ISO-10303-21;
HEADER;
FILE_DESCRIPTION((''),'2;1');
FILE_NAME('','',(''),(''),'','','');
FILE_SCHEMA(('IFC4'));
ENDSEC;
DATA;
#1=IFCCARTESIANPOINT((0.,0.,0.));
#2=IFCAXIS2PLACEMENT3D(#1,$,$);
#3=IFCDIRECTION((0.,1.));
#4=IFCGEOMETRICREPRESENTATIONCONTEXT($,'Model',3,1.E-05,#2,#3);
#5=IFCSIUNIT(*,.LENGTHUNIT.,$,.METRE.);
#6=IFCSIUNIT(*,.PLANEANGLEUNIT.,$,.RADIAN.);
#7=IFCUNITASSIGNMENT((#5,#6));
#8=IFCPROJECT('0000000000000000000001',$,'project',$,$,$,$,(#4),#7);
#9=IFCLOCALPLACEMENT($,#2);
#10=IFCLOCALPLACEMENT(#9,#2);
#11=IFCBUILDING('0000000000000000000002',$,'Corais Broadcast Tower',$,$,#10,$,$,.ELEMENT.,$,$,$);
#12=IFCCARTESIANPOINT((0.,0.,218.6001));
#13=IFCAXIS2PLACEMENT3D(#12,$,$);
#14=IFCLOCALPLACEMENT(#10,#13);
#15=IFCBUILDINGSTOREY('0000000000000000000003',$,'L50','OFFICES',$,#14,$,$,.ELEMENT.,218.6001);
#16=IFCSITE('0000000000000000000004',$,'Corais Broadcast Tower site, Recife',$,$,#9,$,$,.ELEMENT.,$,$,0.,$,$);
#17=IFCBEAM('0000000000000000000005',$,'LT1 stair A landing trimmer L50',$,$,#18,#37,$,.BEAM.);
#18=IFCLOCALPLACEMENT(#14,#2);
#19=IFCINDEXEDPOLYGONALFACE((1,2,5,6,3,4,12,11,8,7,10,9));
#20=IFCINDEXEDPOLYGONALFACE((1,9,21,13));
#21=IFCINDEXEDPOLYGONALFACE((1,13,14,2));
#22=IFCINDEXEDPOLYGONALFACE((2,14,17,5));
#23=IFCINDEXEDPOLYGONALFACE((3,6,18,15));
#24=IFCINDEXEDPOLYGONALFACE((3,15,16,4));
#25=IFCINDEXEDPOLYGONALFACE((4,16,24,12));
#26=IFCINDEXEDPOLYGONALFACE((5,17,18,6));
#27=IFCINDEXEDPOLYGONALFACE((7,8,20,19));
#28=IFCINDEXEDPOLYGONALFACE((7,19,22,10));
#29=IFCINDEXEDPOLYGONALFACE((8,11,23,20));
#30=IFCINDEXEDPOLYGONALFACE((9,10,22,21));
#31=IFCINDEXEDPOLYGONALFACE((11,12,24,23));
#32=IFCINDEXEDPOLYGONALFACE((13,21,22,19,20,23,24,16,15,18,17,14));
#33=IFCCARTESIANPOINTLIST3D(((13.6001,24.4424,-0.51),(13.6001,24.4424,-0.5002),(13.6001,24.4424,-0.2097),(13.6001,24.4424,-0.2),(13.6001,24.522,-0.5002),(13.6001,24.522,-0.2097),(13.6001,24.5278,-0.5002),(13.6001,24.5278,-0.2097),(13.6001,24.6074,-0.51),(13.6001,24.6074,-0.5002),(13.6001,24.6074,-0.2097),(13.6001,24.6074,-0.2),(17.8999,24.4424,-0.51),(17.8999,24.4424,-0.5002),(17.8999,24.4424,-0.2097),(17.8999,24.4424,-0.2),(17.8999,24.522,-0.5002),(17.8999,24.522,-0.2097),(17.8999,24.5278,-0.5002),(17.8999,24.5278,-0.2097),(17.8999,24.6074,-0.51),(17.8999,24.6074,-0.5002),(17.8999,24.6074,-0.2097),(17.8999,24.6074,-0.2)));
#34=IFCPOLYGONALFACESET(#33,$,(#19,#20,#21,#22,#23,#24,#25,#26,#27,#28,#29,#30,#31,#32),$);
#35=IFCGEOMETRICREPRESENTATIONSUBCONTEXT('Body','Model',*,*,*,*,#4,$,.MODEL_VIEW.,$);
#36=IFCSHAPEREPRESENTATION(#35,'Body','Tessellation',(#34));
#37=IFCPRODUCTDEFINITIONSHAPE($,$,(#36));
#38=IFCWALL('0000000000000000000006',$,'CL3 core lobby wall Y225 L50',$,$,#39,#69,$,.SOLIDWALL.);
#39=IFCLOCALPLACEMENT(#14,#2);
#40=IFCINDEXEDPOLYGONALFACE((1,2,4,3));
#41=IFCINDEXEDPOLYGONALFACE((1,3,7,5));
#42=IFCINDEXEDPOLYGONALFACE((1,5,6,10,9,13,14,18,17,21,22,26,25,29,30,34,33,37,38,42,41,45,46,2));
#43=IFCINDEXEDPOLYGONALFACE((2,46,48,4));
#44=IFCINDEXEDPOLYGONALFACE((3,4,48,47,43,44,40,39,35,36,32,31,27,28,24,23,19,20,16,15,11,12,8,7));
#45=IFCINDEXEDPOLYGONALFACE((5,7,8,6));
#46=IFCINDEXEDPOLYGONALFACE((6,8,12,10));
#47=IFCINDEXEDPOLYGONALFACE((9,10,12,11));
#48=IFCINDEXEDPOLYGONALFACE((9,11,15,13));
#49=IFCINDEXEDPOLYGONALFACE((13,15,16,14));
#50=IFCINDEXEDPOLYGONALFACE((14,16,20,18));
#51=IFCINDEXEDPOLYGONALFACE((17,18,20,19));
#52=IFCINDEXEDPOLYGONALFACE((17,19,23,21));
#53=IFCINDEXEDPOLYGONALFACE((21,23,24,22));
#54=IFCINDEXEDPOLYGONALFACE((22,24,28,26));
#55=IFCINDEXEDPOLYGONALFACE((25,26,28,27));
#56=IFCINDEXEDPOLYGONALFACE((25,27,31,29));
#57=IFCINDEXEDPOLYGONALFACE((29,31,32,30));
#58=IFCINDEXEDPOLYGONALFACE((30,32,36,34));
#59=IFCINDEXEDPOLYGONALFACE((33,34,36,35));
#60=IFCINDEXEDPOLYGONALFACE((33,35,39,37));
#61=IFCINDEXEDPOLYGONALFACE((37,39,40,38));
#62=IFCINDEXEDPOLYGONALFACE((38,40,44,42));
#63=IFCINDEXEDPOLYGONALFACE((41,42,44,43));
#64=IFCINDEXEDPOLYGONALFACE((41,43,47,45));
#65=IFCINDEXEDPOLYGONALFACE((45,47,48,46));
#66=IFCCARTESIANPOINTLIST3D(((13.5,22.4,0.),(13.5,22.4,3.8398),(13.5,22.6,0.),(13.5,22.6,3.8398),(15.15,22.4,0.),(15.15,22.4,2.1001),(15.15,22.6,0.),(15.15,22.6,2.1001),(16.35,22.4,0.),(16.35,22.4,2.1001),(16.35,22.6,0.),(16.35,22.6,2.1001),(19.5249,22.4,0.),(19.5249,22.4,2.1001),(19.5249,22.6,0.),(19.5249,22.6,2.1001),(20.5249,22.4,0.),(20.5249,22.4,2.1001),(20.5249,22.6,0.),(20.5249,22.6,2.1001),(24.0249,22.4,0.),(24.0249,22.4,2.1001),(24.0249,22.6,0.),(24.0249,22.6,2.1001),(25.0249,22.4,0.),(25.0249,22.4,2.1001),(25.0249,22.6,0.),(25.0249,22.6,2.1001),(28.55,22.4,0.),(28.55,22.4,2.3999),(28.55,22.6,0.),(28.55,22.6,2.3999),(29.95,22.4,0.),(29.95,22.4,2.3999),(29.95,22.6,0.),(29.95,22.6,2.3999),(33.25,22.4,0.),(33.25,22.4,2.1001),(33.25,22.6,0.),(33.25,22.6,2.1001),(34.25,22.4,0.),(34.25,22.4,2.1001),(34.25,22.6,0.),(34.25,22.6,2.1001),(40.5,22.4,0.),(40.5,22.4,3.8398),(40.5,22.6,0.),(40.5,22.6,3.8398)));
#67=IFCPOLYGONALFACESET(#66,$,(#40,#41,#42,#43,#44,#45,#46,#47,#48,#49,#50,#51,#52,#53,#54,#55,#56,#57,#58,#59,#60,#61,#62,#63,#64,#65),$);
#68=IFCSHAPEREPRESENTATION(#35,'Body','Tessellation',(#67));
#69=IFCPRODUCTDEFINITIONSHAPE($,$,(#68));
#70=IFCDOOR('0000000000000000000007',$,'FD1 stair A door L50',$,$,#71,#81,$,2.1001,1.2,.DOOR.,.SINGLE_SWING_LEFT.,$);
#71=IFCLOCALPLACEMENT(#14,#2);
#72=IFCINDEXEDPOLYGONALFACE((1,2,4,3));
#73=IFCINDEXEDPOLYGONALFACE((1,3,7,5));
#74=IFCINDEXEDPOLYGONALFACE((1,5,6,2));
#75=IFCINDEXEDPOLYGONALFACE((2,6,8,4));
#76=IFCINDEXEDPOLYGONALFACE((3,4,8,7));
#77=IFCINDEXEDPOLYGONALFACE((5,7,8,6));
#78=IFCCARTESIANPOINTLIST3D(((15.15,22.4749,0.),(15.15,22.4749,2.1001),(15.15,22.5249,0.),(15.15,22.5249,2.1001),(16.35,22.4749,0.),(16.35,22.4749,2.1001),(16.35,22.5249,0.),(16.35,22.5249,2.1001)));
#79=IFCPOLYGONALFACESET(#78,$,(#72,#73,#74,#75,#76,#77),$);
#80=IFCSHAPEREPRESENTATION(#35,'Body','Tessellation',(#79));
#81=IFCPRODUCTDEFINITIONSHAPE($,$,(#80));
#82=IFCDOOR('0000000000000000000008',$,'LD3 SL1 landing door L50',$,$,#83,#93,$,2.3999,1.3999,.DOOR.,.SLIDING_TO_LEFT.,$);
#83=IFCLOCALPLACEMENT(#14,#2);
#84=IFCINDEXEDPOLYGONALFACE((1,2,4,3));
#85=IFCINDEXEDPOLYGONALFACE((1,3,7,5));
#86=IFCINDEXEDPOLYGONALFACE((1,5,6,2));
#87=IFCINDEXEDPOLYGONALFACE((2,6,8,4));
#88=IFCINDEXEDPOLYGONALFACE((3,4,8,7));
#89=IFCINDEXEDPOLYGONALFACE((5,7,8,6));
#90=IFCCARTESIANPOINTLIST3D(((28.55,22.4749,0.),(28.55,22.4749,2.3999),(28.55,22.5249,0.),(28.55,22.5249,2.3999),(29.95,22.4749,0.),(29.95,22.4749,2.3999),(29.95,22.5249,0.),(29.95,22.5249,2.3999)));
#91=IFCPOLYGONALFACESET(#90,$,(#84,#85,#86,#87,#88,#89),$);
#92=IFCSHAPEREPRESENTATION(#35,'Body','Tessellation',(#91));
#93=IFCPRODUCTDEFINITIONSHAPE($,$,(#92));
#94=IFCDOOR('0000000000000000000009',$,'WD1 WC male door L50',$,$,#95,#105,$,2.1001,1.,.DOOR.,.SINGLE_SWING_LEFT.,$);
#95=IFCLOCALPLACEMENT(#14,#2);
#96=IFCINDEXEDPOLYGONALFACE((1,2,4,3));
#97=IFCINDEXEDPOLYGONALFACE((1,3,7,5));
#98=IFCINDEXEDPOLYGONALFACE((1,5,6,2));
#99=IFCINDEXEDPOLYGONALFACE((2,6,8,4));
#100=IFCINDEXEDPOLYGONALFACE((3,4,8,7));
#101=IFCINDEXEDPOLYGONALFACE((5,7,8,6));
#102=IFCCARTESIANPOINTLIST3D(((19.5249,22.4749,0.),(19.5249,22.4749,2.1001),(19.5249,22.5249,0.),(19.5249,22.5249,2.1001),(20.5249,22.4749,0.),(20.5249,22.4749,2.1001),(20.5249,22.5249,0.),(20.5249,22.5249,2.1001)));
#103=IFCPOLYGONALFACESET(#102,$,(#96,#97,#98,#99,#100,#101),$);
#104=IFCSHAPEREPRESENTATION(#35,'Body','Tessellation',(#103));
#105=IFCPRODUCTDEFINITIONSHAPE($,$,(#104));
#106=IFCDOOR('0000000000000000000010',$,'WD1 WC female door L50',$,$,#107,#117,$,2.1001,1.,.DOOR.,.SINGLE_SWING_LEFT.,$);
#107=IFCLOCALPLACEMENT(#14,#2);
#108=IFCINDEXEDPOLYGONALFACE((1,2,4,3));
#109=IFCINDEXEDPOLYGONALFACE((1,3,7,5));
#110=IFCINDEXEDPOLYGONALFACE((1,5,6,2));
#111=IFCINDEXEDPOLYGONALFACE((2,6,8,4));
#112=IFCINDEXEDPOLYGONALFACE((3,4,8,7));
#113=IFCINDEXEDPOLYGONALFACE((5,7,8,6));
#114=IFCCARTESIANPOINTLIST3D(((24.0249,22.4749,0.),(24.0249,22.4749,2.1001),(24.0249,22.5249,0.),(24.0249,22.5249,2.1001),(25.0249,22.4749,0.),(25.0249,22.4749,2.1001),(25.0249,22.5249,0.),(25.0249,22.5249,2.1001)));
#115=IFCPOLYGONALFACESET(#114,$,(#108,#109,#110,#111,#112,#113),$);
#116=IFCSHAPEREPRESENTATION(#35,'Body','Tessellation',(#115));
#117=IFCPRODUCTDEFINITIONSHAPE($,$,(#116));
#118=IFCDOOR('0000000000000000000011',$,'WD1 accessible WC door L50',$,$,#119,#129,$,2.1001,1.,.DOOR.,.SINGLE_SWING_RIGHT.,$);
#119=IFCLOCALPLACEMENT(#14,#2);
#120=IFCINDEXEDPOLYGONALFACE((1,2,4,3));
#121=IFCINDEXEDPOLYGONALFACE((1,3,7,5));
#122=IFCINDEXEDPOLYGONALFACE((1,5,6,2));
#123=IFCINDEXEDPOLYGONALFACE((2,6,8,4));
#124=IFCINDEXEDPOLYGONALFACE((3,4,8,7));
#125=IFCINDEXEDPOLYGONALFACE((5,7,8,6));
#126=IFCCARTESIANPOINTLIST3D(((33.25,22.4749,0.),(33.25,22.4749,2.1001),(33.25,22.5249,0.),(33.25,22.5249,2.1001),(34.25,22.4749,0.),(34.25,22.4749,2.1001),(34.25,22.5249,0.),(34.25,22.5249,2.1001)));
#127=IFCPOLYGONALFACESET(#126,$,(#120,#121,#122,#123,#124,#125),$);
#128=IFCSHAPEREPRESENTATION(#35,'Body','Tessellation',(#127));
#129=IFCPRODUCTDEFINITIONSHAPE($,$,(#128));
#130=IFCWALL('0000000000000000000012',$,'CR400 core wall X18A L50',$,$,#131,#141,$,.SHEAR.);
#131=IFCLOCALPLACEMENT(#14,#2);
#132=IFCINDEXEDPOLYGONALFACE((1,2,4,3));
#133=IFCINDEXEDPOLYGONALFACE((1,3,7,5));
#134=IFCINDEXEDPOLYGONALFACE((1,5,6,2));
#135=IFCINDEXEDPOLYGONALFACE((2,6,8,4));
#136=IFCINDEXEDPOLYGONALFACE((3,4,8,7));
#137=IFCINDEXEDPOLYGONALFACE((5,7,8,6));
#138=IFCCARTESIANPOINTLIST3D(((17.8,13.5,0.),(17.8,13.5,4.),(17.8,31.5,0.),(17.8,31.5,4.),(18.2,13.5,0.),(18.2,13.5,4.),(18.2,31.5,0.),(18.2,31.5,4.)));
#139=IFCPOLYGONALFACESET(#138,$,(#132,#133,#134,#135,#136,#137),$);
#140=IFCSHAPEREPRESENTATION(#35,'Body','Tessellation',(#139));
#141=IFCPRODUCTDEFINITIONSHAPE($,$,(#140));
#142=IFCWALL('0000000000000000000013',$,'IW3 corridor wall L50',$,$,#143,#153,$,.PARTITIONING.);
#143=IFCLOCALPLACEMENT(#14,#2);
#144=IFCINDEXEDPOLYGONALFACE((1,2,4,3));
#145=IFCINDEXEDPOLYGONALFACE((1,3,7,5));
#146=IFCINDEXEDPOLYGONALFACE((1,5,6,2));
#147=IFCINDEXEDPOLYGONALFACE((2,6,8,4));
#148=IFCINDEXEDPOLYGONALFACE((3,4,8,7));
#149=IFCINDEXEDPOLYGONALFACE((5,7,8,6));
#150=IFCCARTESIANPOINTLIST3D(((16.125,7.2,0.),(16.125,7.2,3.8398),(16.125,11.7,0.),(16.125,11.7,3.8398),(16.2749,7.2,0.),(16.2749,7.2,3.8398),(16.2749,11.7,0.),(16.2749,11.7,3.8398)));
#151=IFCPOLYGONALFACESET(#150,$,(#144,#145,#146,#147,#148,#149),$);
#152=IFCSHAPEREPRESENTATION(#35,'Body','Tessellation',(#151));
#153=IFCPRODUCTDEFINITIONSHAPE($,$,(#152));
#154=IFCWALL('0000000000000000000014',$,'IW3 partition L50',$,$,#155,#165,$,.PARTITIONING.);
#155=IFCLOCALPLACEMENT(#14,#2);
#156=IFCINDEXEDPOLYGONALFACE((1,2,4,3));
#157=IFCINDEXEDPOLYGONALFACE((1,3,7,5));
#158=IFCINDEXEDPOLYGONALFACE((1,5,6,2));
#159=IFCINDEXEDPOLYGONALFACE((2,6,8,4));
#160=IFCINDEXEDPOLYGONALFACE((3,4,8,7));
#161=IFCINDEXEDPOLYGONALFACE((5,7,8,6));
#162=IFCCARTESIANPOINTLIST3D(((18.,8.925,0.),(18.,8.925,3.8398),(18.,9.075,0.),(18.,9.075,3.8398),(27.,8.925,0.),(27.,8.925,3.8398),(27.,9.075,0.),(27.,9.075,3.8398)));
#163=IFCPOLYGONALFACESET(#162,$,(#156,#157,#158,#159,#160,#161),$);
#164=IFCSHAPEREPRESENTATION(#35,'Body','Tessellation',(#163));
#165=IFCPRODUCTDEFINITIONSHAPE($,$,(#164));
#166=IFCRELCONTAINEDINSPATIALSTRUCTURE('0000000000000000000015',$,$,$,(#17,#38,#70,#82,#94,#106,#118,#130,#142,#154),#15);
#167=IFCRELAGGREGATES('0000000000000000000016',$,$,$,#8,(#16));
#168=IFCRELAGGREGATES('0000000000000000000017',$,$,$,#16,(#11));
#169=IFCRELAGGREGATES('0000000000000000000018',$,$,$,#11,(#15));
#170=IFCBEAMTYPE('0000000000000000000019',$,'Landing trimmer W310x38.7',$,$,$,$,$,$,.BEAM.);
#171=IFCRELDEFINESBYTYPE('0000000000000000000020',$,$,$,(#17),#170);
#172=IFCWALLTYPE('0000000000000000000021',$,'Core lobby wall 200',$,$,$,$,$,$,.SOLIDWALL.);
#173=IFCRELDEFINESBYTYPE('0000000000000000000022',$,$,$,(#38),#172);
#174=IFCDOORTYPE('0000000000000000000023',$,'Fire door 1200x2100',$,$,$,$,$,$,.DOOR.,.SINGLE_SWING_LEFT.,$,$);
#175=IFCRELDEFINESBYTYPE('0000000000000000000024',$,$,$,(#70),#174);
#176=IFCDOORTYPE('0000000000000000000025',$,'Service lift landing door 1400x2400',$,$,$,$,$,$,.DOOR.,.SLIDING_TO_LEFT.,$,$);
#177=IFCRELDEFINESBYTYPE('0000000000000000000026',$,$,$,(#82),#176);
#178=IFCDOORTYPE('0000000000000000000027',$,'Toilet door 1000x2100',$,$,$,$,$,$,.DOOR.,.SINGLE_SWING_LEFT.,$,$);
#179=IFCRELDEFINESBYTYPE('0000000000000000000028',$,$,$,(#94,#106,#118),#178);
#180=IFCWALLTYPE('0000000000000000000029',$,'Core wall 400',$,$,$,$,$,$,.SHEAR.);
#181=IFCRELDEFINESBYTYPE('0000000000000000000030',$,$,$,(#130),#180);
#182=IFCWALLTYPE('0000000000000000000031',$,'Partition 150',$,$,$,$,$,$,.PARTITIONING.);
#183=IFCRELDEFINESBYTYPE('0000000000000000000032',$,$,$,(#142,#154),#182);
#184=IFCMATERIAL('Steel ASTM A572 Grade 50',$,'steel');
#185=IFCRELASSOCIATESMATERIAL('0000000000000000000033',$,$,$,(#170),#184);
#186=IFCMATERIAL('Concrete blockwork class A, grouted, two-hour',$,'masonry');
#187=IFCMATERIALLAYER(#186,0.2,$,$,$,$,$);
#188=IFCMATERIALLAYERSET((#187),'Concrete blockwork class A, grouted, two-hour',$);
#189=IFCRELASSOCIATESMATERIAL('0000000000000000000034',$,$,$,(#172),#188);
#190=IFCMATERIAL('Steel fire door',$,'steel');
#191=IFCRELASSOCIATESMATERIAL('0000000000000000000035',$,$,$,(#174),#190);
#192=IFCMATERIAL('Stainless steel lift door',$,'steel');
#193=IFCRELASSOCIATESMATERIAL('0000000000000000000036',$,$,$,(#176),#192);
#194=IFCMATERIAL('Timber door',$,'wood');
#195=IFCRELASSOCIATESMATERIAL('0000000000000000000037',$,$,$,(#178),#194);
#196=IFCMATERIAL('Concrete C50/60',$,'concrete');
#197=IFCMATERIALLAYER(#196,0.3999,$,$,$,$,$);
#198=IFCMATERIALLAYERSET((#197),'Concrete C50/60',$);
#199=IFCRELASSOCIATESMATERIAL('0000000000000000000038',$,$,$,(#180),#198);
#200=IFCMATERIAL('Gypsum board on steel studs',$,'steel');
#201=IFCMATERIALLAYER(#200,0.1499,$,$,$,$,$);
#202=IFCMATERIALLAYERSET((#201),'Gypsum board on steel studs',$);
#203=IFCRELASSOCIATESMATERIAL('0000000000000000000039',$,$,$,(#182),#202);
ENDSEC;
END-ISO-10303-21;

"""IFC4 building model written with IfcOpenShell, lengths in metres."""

from ifc_helpers import new_model, si_unit, direction, frame, frame_2d, origin, origin_2d, place, context, subcontext, project, spatial, rectangle, i_section, extrude, material, layer, layer_set, material_profile, profile_set, type_object, element, fill, save


model = new_model("IFC4")

# Units and contexts
model_context = context("Model", 3, precision=1e-05, world=origin(), true_north=direction((0.0, 1.0)))
body_context = subcontext(model_context, "Body", "Model", "MODEL_VIEW")
ifc_project = project(units=[si_unit("LENGTHUNIT", "METRE"), si_unit("PLANEANGLEUNIT", "RADIAN")], contexts=[model_context])

# Site, building, storey
site_placement = place(None, origin())
site = spatial("IfcSite", under=ifc_project, at=site_placement, Name="Corais Broadcast Tower site, Recife", CompositionType="ELEMENT", RefElevation=0.0)
building_placement = place(site_placement, origin())
building = spatial("IfcBuilding", under=site, at=building_placement, Name="Corais Broadcast Tower", CompositionType="ELEMENT")
storey_placement = place(building_placement, frame((0.0, 0.0, 218.6001)))
storey = spatial("IfcBuildingStorey", under=building, at=storey_placement, Name="L50", Description="OFFICES", CompositionType="ELEMENT", Elevation=218.6001)

# Beam
ifc_material_1 = material(Name="Steel ASTM A572 Grade 50", Category="steel")
ifc_material_profile = material_profile(ifc_material_1, i_section(OverallWidth=0.165, OverallDepth=0.3101, WebThickness=0.0059, FlangeThickness=0.0098, at=origin_2d()), Name="W310x38.7")
ifc_profile_set = profile_set([ifc_material_profile], Name="Steel ASTM A572 Grade 50")
beam_type = type_object("IfcBeamType", Name="Landing trimmer W310x38.7", PredefinedType="BEAM", material=ifc_profile_set)
beam_placement = place(storey_placement, frame((13.6001, 24.5249, -0.355), z_axis=(1.0, 0.0, 0.0), x_axis=(0.0, 1.0, 0.0)))
element("IfcBeam", 1, at=beam_placement, inside=storey, type_object=beam_type, Name="LT1 stair A landing trimmer L50", PredefinedType="BEAM", context=body_context, shape_type="SweptSolid", body=[
    extrude(i_section(OverallWidth=0.165, OverallDepth=0.3101, WebThickness=0.0059, FlangeThickness=0.0098, at=origin_2d()), origin(), (0.0, 0.0, 1.0), 4.2998),
])

# Wall, openings, doors
ifc_material_2 = material(Name="Concrete blockwork class A, grouted, two-hour", Category="masonry")
ifc_layer_1 = layer(ifc_material_2, 0.2)
ifc_layer_set_1 = layer_set([ifc_layer_1], Name="Concrete blockwork class A, grouted, two-hour")
wall_type_1 = type_object("IfcWallType", Name="Core lobby wall 200", PredefinedType="SOLIDWALL", material=ifc_layer_set_1)
wall_1_placement = place(storey_placement, frame((13.5, 22.5, 0.0), z_axis=(0.0, 0.0, 1.0), x_axis=(1.0, 0.0, 0.0)))
wall_1 = element("IfcWall", 2, at=wall_1_placement, inside=storey, type_object=wall_type_1, Name="CL3 core lobby wall Y225 L50", PredefinedType="SOLIDWALL", context=body_context, shape_type="SweptSolid", body=[
    extrude(rectangle(XDim=27.0, YDim=0.2, at=frame_2d((13.5, 0.0))), origin(), (0.0, 0.0, 1.0), 3.8398),
])
opening_1_placement = place(wall_1_placement, frame((1.6499, 0.0, 0.0)))
opening_1 = element("IfcOpeningElement", 3, at=opening_1_placement, cuts=wall_1, PredefinedType="OPENING", context=body_context, shape_type="SweptSolid", body=[
    extrude(rectangle(XDim=1.2, YDim=2.1001, at=frame_2d((0.6001, 1.05))), frame((0.0, 0.1099, 0.0), z_axis=(0.0, -1.0, 0.0), x_axis=(1.0, 0.0, 0.0)), (0.0, 0.0, 1.0), 0.22),
])
opening_2_placement = place(wall_1_placement, frame((6.0249, 0.0, 0.0)))
opening_2 = element("IfcOpeningElement", 4, at=opening_2_placement, cuts=wall_1, PredefinedType="OPENING", context=body_context, shape_type="SweptSolid", body=[
    extrude(rectangle(XDim=1.0, YDim=2.1001, at=frame_2d((0.5, 1.05))), frame((0.0, 0.1099, 0.0), z_axis=(0.0, -1.0, 0.0), x_axis=(1.0, 0.0, 0.0)), (0.0, 0.0, 1.0), 0.22),
])
opening_3_placement = place(wall_1_placement, frame((10.5249, 0.0, 0.0)))
opening_3 = element("IfcOpeningElement", 5, at=opening_3_placement, cuts=wall_1, PredefinedType="OPENING", context=body_context, shape_type="SweptSolid", body=[
    extrude(rectangle(XDim=1.0, YDim=2.1001, at=frame_2d((0.5, 1.05))), frame((0.0, 0.1099, 0.0), z_axis=(0.0, -1.0, 0.0), x_axis=(1.0, 0.0, 0.0)), (0.0, 0.0, 1.0), 0.22),
])
opening_4_placement = place(wall_1_placement, frame((19.75, 0.0, 0.0)))
opening_4 = element("IfcOpeningElement", 6, at=opening_4_placement, cuts=wall_1, PredefinedType="OPENING", context=body_context, shape_type="SweptSolid", body=[
    extrude(rectangle(XDim=1.0, YDim=2.1001, at=frame_2d((0.5, 1.05))), frame((0.0, 0.1099, 0.0), z_axis=(0.0, -1.0, 0.0), x_axis=(1.0, 0.0, 0.0)), (0.0, 0.0, 1.0), 0.22),
])
opening_5_placement = place(wall_1_placement, frame((15.05, 0.0, 0.0)))
opening_5 = element("IfcOpeningElement", 7, at=opening_5_placement, cuts=wall_1, PredefinedType="OPENING", context=body_context, shape_type="SweptSolid", body=[
    extrude(rectangle(XDim=1.3999, YDim=2.3999, at=frame_2d((0.7, 1.2))), frame((0.0, 0.1099, 0.0), z_axis=(0.0, -1.0, 0.0), x_axis=(1.0, 0.0, 0.0)), (0.0, 0.0, 1.0), 0.22),
])
ifc_material_3 = material(Name="Steel fire door", Category="steel")
door_type_1 = type_object("IfcDoorType", Name="Fire door 1200x2100", OperationType="SINGLE_SWING_LEFT", PredefinedType="DOOR", material=ifc_material_3)
door_1_placement = place(opening_1_placement, origin())
door_1 = element("IfcDoor", 8, at=door_1_placement, inside=storey, type_object=door_type_1, Name="FD1 stair A door L50", OperationType="SINGLE_SWING_LEFT", OverallHeight=2.1001, OverallWidth=1.2, PredefinedType="DOOR", context=body_context, shape_type="SweptSolid", body=[
    extrude(rectangle(XDim=1.2, YDim=2.1001, at=frame_2d((0.6001, 1.05))), frame((0.0, 0.0249, 0.0), z_axis=(0.0, -1.0, 0.0), x_axis=(1.0, 0.0, 0.0)), (0.0, 0.0, 1.0), 0.05),
])
fill(opening_1, door_1)
ifc_material_4 = material(Name="Stainless steel lift door", Category="steel")
door_type_2 = type_object("IfcDoorType", Name="Service lift landing door 1400x2400", OperationType="SLIDING_TO_LEFT", PredefinedType="DOOR", material=ifc_material_4)
door_2_placement = place(opening_5_placement, origin())
door_2 = element("IfcDoor", 9, at=door_2_placement, inside=storey, type_object=door_type_2, Name="LD3 SL1 landing door L50", OperationType="SLIDING_TO_LEFT", OverallHeight=2.3999, OverallWidth=1.3999, PredefinedType="DOOR", context=body_context, shape_type="SweptSolid", body=[
    extrude(rectangle(XDim=1.3999, YDim=2.3999, at=frame_2d((0.7, 1.2))), frame((0.0, 0.0249, 0.0), z_axis=(0.0, -1.0, 0.0), x_axis=(1.0, 0.0, 0.0)), (0.0, 0.0, 1.0), 0.05),
])
fill(opening_5, door_2)
ifc_material_5 = material(Name="Timber door", Category="wood")
door_type_3 = type_object("IfcDoorType", Name="Toilet door 1000x2100", OperationType="SINGLE_SWING_LEFT", PredefinedType="DOOR", material=ifc_material_5)
door_3_placement = place(opening_2_placement, origin())
door_3 = element("IfcDoor", 10, at=door_3_placement, inside=storey, type_object=door_type_3, Name="WD1 WC male door L50", OperationType="SINGLE_SWING_LEFT", OverallHeight=2.1001, OverallWidth=1.0, PredefinedType="DOOR", context=body_context, shape_type="SweptSolid", body=[
    extrude(rectangle(XDim=1.0, YDim=2.1001, at=frame_2d((0.5, 1.05))), frame((0.0, 0.0249, 0.0), z_axis=(0.0, -1.0, 0.0), x_axis=(1.0, 0.0, 0.0)), (0.0, 0.0, 1.0), 0.05),
])
fill(opening_2, door_3)
door_4_placement = place(opening_3_placement, origin())
door_4 = element("IfcDoor", 11, at=door_4_placement, inside=storey, type_object=door_type_3, Name="WD1 WC female door L50", OperationType="SINGLE_SWING_LEFT", OverallHeight=2.1001, OverallWidth=1.0, PredefinedType="DOOR", context=body_context, shape_type="SweptSolid", body=[
    extrude(rectangle(XDim=1.0, YDim=2.1001, at=frame_2d((0.5, 1.05))), frame((0.0, 0.0249, 0.0), z_axis=(0.0, -1.0, 0.0), x_axis=(1.0, 0.0, 0.0)), (0.0, 0.0, 1.0), 0.05),
])
fill(opening_3, door_4)
door_5_placement = place(opening_4_placement, origin())
door_5 = element("IfcDoor", 12, at=door_5_placement, inside=storey, type_object=door_type_3, Name="WD1 accessible WC door L50", OperationType="SINGLE_SWING_RIGHT", OverallHeight=2.1001, OverallWidth=1.0, PredefinedType="DOOR", context=body_context, shape_type="SweptSolid", body=[
    extrude(rectangle(XDim=1.0, YDim=2.1001, at=frame_2d((0.5, 1.05))), frame((0.0, 0.0249, 0.0), z_axis=(0.0, -1.0, 0.0), x_axis=(1.0, 0.0, 0.0)), (0.0, 0.0, 1.0), 0.05),
])
fill(opening_4, door_5)

# Walls
ifc_material_6 = material(Name="Concrete C50/60", Category="concrete")
ifc_layer_2 = layer(ifc_material_6, 0.3999)
ifc_layer_set_2 = layer_set([ifc_layer_2], Name="Concrete C50/60")
wall_type_2 = type_object("IfcWallType", Name="Core wall 400", PredefinedType="SHEAR", material=ifc_layer_set_2)
wall_2_placement = place(storey_placement, frame((18.0, 13.5, 0.0), z_axis=(0.0, 0.0, 1.0), x_axis=(0.0, 1.0, 0.0)))
element("IfcWall", 13, at=wall_2_placement, inside=storey, type_object=wall_type_2, Name="CR400 core wall X18A L50", PredefinedType="SHEAR", context=body_context, shape_type="SweptSolid", body=[
    extrude(rectangle(XDim=18.0, YDim=0.3999, at=frame_2d((9.0, 0.0))), origin(), (0.0, 0.0, 1.0), 4.0),
])
ifc_material_7 = material(Name="Gypsum board on steel studs", Category="steel")
ifc_layer_3 = layer(ifc_material_7, 0.1499)
ifc_layer_set_3 = layer_set([ifc_layer_3], Name="Gypsum board on steel studs")
wall_type_3 = type_object("IfcWallType", Name="Partition 150", PredefinedType="PARTITIONING", material=ifc_layer_set_3)
wall_3_placement = place(storey_placement, frame((16.2, 11.7, 0.0), z_axis=(0.0, 0.0, 1.0), x_axis=(0.0, -1.0, 0.0)))
element("IfcWall", 14, at=wall_3_placement, inside=storey, type_object=wall_type_3, Name="IW3 corridor wall L50", PredefinedType="PARTITIONING", context=body_context, shape_type="SweptSolid", body=[
    extrude(rectangle(XDim=4.5, YDim=0.1499, at=frame_2d((2.25, 0.0))), origin(), (0.0, 0.0, 1.0), 3.8398),
])
wall_4_placement = place(storey_placement, frame((18.0, 9.0, 0.0), z_axis=(0.0, 0.0, 1.0), x_axis=(1.0, 0.0, 0.0)))
element("IfcWall", 15, at=wall_4_placement, inside=storey, type_object=wall_type_3, Name="IW3 partition L50", PredefinedType="PARTITIONING", context=body_context, shape_type="SweptSolid", body=[
    extrude(rectangle(XDim=9.0, YDim=0.1499, at=frame_2d((4.5, 0.0))), origin(), (0.0, 0.0, 1.0), 3.8398),
])

save(model, "model.ifc")
